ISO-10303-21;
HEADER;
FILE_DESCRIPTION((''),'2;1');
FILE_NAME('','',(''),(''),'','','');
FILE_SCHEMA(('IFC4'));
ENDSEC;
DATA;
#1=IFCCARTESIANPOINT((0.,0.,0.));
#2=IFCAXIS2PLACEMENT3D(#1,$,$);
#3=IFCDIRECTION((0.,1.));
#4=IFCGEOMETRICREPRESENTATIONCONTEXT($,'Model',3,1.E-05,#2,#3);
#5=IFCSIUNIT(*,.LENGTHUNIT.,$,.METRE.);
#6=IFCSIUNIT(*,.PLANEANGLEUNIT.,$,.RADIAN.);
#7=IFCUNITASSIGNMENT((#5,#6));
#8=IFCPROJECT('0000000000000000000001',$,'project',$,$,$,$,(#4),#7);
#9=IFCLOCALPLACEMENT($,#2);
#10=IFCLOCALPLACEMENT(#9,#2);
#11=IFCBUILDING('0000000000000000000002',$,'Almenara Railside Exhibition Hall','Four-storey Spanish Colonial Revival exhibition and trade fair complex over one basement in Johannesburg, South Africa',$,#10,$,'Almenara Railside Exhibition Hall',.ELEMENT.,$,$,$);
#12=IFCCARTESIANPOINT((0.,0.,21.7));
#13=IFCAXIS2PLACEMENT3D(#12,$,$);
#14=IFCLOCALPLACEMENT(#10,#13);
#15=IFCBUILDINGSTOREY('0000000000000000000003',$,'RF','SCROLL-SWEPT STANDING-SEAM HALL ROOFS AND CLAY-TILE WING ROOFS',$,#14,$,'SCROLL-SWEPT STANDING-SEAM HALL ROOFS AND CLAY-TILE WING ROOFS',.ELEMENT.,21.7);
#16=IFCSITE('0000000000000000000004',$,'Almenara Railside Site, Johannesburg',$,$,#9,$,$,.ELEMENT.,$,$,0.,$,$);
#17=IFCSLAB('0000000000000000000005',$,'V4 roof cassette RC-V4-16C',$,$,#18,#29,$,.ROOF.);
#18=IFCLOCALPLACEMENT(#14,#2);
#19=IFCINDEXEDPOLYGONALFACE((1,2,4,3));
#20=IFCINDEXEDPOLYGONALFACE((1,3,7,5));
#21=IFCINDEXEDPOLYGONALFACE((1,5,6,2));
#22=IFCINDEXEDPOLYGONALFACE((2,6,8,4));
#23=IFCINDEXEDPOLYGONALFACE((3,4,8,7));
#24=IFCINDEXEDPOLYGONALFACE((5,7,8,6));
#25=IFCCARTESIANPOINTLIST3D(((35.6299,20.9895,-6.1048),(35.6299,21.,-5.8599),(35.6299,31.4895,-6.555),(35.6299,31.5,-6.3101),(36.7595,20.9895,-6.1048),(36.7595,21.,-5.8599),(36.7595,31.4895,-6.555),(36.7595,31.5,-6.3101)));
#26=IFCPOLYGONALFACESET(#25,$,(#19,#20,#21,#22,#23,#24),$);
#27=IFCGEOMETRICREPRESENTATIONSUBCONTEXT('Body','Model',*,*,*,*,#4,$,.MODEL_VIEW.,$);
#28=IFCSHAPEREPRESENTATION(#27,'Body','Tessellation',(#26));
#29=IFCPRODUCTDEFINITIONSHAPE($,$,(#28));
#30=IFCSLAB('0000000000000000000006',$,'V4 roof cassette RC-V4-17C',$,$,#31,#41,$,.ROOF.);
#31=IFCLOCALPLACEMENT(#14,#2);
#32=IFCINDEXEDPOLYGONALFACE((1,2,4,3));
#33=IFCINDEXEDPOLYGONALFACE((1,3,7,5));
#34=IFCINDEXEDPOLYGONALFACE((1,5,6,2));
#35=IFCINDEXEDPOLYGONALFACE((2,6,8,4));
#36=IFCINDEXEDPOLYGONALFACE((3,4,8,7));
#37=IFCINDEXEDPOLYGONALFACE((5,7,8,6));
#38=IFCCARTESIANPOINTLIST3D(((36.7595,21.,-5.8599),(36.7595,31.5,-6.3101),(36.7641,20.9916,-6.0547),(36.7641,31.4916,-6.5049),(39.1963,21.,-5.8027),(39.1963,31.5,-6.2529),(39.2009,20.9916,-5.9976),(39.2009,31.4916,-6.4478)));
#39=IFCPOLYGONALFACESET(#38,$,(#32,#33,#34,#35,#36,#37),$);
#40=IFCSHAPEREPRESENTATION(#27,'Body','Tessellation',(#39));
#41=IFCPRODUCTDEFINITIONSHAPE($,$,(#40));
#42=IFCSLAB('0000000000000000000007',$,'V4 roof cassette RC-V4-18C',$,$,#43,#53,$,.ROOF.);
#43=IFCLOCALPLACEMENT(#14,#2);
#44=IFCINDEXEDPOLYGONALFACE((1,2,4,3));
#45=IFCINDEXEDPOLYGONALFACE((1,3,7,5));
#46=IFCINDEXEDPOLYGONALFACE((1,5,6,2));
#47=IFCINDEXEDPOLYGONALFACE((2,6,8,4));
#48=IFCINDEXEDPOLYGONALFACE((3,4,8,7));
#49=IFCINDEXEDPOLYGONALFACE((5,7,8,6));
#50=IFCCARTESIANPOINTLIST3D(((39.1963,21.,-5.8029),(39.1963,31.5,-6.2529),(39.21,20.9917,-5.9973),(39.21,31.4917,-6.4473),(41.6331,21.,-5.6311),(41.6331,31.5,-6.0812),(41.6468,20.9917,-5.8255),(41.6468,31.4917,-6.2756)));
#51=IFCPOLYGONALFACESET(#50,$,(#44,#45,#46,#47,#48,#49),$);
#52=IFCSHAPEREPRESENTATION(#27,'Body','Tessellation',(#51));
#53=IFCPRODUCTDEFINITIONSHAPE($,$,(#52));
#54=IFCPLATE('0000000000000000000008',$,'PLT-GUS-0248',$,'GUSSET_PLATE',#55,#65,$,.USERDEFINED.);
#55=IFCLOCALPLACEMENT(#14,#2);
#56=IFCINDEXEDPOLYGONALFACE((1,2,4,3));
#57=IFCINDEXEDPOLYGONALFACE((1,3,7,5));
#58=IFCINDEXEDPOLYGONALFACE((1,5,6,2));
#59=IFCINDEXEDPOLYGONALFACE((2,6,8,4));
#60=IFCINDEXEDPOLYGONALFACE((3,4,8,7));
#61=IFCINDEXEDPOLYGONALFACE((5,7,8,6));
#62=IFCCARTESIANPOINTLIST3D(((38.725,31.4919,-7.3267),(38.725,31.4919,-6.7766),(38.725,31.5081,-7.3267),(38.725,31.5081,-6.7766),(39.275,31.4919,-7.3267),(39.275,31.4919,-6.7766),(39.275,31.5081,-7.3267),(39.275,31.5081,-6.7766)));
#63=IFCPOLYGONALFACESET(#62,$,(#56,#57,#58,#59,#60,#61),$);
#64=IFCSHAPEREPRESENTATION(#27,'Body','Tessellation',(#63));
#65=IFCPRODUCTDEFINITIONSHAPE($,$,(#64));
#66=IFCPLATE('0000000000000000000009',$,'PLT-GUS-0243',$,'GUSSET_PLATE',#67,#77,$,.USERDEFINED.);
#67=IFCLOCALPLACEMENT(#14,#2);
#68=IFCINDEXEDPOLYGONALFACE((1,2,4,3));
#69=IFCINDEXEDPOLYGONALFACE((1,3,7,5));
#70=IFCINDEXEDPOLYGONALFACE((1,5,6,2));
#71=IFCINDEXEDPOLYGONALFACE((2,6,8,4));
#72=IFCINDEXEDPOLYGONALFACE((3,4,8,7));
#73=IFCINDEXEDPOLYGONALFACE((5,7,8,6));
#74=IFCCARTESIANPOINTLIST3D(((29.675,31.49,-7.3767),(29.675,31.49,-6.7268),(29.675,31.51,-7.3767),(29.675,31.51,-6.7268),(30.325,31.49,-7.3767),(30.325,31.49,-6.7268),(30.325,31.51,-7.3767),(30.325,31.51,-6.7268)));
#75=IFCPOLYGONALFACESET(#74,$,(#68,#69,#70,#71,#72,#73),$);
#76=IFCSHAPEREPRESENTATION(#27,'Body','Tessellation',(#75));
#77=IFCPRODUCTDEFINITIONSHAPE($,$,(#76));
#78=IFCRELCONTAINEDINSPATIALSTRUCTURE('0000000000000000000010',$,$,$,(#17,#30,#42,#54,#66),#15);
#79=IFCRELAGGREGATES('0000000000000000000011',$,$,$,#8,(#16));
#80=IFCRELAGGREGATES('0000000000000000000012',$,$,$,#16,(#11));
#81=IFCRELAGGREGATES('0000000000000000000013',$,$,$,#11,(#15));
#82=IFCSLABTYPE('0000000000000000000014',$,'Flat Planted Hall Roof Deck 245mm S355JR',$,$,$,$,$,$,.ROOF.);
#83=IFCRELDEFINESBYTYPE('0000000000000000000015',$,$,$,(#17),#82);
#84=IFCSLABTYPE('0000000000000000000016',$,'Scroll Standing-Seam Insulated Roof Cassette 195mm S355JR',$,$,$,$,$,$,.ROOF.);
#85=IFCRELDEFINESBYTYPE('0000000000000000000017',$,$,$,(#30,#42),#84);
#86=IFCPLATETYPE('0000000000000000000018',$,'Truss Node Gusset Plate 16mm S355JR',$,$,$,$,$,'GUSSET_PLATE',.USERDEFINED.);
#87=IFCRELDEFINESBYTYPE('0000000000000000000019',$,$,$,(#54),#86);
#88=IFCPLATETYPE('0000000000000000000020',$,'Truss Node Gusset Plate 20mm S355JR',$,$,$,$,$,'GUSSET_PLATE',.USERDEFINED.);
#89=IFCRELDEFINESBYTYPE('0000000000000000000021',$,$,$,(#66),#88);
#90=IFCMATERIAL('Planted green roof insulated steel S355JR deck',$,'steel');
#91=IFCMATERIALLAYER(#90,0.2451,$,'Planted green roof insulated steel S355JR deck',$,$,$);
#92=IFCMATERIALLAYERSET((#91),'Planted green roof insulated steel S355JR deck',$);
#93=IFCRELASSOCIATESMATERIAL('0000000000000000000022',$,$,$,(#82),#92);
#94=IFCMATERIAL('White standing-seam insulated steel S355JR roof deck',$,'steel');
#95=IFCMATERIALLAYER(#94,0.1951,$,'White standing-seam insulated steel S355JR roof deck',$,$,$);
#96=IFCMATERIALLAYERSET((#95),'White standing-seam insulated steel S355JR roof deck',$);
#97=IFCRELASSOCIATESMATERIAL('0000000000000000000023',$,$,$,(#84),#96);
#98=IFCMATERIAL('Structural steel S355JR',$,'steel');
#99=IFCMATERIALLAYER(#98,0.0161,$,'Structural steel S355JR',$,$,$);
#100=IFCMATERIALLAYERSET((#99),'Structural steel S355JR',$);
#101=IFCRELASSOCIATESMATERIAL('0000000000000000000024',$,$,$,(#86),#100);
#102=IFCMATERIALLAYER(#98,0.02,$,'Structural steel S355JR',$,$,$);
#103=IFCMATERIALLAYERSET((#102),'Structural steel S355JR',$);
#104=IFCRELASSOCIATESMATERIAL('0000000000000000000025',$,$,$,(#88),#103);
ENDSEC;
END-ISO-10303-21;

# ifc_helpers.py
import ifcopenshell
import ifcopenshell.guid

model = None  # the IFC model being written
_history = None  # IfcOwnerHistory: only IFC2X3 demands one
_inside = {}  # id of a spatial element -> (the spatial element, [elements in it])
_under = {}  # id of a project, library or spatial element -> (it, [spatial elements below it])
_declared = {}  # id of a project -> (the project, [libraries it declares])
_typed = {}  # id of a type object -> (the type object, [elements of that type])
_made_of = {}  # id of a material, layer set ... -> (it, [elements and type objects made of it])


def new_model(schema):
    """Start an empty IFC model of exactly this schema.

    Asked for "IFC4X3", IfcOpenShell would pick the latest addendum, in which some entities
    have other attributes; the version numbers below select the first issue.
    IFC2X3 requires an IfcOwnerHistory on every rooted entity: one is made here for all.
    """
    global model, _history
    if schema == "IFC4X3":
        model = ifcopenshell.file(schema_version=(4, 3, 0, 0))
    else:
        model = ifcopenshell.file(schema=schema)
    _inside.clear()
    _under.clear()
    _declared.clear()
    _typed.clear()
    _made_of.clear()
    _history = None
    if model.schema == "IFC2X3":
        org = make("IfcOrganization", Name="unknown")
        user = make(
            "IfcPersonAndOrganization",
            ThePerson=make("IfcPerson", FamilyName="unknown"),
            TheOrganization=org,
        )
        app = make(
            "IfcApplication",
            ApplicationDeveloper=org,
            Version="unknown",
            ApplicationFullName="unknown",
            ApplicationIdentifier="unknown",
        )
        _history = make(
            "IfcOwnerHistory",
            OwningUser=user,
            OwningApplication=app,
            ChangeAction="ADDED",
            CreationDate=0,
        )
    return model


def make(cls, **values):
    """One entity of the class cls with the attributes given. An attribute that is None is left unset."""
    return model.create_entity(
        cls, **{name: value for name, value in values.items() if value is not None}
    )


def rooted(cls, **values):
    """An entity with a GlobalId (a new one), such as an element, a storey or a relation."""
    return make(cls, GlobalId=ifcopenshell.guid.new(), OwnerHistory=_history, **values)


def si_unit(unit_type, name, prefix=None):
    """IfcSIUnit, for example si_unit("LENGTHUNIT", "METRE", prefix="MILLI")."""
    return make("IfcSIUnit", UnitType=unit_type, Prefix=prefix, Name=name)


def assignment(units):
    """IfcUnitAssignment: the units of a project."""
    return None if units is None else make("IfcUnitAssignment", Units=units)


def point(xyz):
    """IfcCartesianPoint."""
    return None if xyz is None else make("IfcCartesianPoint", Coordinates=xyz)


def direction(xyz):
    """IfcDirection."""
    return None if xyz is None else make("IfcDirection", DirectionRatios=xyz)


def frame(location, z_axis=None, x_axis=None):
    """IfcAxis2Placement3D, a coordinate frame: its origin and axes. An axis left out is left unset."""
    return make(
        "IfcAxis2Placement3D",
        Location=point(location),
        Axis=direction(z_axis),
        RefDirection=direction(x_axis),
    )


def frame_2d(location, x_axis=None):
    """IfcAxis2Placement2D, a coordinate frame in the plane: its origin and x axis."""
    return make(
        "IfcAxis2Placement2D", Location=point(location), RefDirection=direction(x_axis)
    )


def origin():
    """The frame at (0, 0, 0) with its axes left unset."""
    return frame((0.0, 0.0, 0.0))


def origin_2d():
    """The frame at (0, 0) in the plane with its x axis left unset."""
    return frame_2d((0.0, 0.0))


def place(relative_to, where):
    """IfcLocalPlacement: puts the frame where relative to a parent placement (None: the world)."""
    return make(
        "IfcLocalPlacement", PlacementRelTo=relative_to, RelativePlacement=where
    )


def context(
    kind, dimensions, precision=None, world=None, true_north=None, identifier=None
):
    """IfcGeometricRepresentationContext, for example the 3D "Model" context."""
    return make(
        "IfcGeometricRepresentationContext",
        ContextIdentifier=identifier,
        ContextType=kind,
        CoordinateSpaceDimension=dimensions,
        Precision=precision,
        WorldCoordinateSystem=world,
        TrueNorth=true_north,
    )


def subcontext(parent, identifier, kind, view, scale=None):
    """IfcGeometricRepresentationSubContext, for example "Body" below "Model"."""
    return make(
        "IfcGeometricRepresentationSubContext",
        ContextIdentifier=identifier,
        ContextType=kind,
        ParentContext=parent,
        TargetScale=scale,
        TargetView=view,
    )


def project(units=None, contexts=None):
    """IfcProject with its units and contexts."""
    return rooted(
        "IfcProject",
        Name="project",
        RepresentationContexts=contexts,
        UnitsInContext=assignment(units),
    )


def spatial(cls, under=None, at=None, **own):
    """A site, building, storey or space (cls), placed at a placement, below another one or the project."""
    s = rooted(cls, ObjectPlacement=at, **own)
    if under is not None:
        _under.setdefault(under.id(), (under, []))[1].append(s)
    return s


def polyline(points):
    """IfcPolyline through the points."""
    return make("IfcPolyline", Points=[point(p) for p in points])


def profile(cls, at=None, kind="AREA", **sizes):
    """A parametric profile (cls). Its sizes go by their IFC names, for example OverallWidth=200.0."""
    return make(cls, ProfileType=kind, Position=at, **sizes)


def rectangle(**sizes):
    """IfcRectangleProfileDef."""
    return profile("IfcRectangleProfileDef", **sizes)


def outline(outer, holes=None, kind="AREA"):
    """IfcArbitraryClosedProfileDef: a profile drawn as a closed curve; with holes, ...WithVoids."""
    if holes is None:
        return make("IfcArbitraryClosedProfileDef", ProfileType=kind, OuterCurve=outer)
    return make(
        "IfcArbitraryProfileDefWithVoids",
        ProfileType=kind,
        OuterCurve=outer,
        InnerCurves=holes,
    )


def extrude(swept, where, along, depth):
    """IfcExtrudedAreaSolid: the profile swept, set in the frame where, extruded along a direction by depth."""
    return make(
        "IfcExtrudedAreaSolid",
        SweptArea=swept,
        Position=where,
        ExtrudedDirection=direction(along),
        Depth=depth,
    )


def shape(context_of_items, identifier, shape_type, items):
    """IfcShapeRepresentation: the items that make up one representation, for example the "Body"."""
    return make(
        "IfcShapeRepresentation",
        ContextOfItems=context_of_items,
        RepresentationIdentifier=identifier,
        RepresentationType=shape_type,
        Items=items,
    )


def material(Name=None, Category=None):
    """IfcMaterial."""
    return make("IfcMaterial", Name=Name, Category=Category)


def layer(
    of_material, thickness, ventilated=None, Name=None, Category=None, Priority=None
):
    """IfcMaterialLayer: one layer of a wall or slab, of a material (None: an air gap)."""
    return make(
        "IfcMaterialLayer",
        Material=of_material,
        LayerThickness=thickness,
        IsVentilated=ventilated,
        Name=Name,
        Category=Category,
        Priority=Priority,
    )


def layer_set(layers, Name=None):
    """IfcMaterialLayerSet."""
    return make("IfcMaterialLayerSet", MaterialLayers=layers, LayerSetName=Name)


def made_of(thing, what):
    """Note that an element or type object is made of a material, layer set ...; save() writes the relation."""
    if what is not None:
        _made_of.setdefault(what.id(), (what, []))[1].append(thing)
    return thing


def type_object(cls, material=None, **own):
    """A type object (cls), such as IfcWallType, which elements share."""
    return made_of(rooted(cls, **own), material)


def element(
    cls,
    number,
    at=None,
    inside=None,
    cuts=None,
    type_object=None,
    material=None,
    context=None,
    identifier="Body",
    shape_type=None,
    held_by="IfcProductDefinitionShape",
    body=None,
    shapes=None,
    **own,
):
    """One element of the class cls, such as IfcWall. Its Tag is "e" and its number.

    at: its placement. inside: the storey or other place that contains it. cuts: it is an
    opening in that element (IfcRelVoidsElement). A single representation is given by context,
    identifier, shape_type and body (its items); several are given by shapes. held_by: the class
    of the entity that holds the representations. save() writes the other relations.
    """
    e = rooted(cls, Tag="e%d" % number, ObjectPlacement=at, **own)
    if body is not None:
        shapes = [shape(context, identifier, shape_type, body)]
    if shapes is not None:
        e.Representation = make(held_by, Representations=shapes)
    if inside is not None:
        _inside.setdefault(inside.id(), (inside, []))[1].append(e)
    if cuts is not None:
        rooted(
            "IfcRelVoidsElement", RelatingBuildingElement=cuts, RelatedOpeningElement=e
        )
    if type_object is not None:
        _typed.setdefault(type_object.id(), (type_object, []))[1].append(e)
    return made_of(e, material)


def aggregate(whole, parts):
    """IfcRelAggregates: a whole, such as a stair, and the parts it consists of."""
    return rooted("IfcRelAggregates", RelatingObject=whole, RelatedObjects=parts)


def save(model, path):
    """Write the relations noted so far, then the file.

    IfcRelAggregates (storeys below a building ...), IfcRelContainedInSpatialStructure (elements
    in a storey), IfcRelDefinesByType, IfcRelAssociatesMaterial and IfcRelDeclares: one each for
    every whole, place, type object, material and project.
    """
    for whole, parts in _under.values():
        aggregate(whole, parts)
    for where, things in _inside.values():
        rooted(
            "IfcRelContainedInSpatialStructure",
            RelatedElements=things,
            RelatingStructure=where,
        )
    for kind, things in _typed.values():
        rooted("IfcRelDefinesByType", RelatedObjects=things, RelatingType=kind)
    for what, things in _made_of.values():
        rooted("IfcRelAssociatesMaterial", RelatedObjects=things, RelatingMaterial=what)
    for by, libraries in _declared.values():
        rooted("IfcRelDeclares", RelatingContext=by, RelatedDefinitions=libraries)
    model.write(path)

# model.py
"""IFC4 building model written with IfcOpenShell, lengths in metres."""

from ifc_helpers import new_model, si_unit, direction, frame, origin, origin_2d, place, context, subcontext, project, spatial, polyline, rectangle, outline, extrude, material, layer, layer_set, type_object, element, save


model = new_model("IFC4")

# Units and contexts
model_context = context("Model", 3, precision=1e-05, world=origin(), true_north=direction((0.0, 1.0)))
body_context = subcontext(model_context, "Body", "Model", "MODEL_VIEW")
ifc_project = project(units=[si_unit("LENGTHUNIT", "METRE"), si_unit("PLANEANGLEUNIT", "RADIAN")], contexts=[model_context])

# Site, building, storey
site_placement = place(None, origin())
site = spatial("IfcSite", under=ifc_project, at=site_placement, Name="Almenara Railside Site, Johannesburg", CompositionType="ELEMENT", RefElevation=0.0)
building_placement = place(site_placement, origin())
building = spatial("IfcBuilding", under=site, at=building_placement, Name="Almenara Railside Exhibition Hall", Description="Four-storey Spanish Colonial Revival exhibition and trade fair complex over one basement in Johannesburg, South Africa", LongName="Almenara Railside Exhibition Hall", CompositionType="ELEMENT")
storey_placement = place(building_placement, frame((0.0, 0.0, 21.7)))
storey = spatial("IfcBuildingStorey", under=building, at=storey_placement, Name="RF", Description="SCROLL-SWEPT STANDING-SEAM HALL ROOFS AND CLAY-TILE WING ROOFS", LongName="SCROLL-SWEPT STANDING-SEAM HALL ROOFS AND CLAY-TILE WING ROOFS", CompositionType="ELEMENT", Elevation=21.7)

# Shared definitions
ifc_material_1 = material(Name="Structural steel S355JR", Category="steel")

# Slabs
ifc_material_2 = material(Name="Planted green roof insulated steel S355JR deck", Category="steel")
ifc_layer_1 = layer(ifc_material_2, 0.2451, Name="Planted green roof insulated steel S355JR deck")
ifc_layer_set_1 = layer_set([ifc_layer_1], Name="Planted green roof insulated steel S355JR deck")
slab_type_1 = type_object("IfcSlabType", Name="Flat Planted Hall Roof Deck 245mm S355JR", PredefinedType="ROOF", material=ifc_layer_set_1)
slab_1_placement = place(storey_placement, frame((35.6299, 31.5, -6.3101), z_axis=(0.0, 0.042836, 0.999082), x_axis=(1.0, 0.0, 0.0)))
element("IfcSlab", 1, at=slab_1_placement, inside=storey, type_object=slab_type_1, Name="V4 roof cassette RC-V4-16C", PredefinedType="ROOF", context=body_context, shape_type="SweptSolid", body=[
    extrude(outline(polyline([(0.0, 0.0), (1.1296, 0.0), (1.1296, -10.5096), (0.0, -10.5096), (0.0, 0.0)])), origin(), (0.0, 0.0, -1.0), 0.2451),
])
ifc_material_3 = material(Name="White standing-seam insulated steel S355JR roof deck", Category="steel")
ifc_layer_2 = layer(ifc_material_3, 0.1951, Name="White standing-seam insulated steel S355JR roof deck")
ifc_layer_set_2 = layer_set([ifc_layer_2], Name="White standing-seam insulated steel S355JR roof deck")
slab_type_2 = type_object("IfcSlabType", Name="Scroll Standing-Seam Insulated Roof Cassette 195mm S355JR", PredefinedType="ROOF", material=ifc_layer_set_2)
slab_2_placement = place(storey_placement, frame((36.7595, 31.5, -6.3101), z_axis=(-0.023417, 0.042825, 0.998808), x_axis=(0.999725, 0.0, 0.023438)))
element("IfcSlab", 2, at=slab_2_placement, inside=storey, type_object=slab_type_2, Name="V4 roof cassette RC-V4-17C", PredefinedType="ROOF", context=body_context, shape_type="SweptSolid", body=[
    extrude(outline(polyline([(0.0, 0.0), (2.4374, 0.0), (2.448, -10.5096), (0.0106, -10.5096), (0.0, 0.0)])), origin(), (0.0, 0.0, -1.0), 0.1951),
])
slab_3_placement = place(storey_placement, frame((39.1963, 31.5, -6.2529), z_axis=(-0.070245, 0.042719, 0.996615), x_axis=(0.997525, -0.000002, 0.07031)))
element("IfcSlab", 3, at=slab_3_placement, inside=storey, type_object=slab_type_2, Name="V4 roof cassette RC-V4-18C", PredefinedType="ROOF", context=body_context, shape_type="SweptSolid", body=[
    extrude(outline(polyline([(0.0, 0.0), (2.4428, 0.0), (2.4745, -10.5096), (0.0317, -10.5096), (0.0, 0.0)])), origin(), (0.0, 0.0, -1.0), 0.1951),
])

# Plates
ifc_layer_3 = layer(ifc_material_1, 0.0161, Name="Structural steel S355JR")
ifc_layer_set_3 = layer_set([ifc_layer_3], Name="Structural steel S355JR")
plate_type_1 = type_object("IfcPlateType", Name="Truss Node Gusset Plate 16mm S355JR", ElementType="GUSSET_PLATE", PredefinedType="USERDEFINED", material=ifc_layer_set_3)
plate_1_placement = place(storey_placement, frame((39.0, 31.5, -7.3267), z_axis=(0.0, 0.0, 1.0), x_axis=(1.0, 0.0, 0.0)))
element("IfcPlate", 4, at=plate_1_placement, inside=storey, type_object=plate_type_1, Name="PLT-GUS-0248", ObjectType="GUSSET_PLATE", PredefinedType="USERDEFINED", context=body_context, shape_type="SweptSolid", body=[
    extrude(rectangle(XDim=0.55, YDim=0.0161, at=origin_2d()), origin(), (0.0, 0.0, 1.0), 0.55),
])
ifc_layer_4 = layer(ifc_material_1, 0.02, Name="Structural steel S355JR")
ifc_layer_set_4 = layer_set([ifc_layer_4], Name="Structural steel S355JR")
plate_type_2 = type_object("IfcPlateType", Name="Truss Node Gusset Plate 20mm S355JR", ElementType="GUSSET_PLATE", PredefinedType="USERDEFINED", material=ifc_layer_set_4)
plate_2_placement = place(storey_placement, frame((30.0, 31.5, -7.3767), z_axis=(0.0, 0.0, 1.0), x_axis=(1.0, 0.0, 0.0)))
element("IfcPlate", 5, at=plate_2_placement, inside=storey, type_object=plate_type_2, Name="PLT-GUS-0243", ObjectType="GUSSET_PLATE", PredefinedType="USERDEFINED", context=body_context, shape_type="SweptSolid", body=[
    extrude(rectangle(XDim=0.6499, YDim=0.02, at=origin_2d()), origin(), (0.0, 0.0, 1.0), 0.6499),
])

save(model, "model.ifc")
